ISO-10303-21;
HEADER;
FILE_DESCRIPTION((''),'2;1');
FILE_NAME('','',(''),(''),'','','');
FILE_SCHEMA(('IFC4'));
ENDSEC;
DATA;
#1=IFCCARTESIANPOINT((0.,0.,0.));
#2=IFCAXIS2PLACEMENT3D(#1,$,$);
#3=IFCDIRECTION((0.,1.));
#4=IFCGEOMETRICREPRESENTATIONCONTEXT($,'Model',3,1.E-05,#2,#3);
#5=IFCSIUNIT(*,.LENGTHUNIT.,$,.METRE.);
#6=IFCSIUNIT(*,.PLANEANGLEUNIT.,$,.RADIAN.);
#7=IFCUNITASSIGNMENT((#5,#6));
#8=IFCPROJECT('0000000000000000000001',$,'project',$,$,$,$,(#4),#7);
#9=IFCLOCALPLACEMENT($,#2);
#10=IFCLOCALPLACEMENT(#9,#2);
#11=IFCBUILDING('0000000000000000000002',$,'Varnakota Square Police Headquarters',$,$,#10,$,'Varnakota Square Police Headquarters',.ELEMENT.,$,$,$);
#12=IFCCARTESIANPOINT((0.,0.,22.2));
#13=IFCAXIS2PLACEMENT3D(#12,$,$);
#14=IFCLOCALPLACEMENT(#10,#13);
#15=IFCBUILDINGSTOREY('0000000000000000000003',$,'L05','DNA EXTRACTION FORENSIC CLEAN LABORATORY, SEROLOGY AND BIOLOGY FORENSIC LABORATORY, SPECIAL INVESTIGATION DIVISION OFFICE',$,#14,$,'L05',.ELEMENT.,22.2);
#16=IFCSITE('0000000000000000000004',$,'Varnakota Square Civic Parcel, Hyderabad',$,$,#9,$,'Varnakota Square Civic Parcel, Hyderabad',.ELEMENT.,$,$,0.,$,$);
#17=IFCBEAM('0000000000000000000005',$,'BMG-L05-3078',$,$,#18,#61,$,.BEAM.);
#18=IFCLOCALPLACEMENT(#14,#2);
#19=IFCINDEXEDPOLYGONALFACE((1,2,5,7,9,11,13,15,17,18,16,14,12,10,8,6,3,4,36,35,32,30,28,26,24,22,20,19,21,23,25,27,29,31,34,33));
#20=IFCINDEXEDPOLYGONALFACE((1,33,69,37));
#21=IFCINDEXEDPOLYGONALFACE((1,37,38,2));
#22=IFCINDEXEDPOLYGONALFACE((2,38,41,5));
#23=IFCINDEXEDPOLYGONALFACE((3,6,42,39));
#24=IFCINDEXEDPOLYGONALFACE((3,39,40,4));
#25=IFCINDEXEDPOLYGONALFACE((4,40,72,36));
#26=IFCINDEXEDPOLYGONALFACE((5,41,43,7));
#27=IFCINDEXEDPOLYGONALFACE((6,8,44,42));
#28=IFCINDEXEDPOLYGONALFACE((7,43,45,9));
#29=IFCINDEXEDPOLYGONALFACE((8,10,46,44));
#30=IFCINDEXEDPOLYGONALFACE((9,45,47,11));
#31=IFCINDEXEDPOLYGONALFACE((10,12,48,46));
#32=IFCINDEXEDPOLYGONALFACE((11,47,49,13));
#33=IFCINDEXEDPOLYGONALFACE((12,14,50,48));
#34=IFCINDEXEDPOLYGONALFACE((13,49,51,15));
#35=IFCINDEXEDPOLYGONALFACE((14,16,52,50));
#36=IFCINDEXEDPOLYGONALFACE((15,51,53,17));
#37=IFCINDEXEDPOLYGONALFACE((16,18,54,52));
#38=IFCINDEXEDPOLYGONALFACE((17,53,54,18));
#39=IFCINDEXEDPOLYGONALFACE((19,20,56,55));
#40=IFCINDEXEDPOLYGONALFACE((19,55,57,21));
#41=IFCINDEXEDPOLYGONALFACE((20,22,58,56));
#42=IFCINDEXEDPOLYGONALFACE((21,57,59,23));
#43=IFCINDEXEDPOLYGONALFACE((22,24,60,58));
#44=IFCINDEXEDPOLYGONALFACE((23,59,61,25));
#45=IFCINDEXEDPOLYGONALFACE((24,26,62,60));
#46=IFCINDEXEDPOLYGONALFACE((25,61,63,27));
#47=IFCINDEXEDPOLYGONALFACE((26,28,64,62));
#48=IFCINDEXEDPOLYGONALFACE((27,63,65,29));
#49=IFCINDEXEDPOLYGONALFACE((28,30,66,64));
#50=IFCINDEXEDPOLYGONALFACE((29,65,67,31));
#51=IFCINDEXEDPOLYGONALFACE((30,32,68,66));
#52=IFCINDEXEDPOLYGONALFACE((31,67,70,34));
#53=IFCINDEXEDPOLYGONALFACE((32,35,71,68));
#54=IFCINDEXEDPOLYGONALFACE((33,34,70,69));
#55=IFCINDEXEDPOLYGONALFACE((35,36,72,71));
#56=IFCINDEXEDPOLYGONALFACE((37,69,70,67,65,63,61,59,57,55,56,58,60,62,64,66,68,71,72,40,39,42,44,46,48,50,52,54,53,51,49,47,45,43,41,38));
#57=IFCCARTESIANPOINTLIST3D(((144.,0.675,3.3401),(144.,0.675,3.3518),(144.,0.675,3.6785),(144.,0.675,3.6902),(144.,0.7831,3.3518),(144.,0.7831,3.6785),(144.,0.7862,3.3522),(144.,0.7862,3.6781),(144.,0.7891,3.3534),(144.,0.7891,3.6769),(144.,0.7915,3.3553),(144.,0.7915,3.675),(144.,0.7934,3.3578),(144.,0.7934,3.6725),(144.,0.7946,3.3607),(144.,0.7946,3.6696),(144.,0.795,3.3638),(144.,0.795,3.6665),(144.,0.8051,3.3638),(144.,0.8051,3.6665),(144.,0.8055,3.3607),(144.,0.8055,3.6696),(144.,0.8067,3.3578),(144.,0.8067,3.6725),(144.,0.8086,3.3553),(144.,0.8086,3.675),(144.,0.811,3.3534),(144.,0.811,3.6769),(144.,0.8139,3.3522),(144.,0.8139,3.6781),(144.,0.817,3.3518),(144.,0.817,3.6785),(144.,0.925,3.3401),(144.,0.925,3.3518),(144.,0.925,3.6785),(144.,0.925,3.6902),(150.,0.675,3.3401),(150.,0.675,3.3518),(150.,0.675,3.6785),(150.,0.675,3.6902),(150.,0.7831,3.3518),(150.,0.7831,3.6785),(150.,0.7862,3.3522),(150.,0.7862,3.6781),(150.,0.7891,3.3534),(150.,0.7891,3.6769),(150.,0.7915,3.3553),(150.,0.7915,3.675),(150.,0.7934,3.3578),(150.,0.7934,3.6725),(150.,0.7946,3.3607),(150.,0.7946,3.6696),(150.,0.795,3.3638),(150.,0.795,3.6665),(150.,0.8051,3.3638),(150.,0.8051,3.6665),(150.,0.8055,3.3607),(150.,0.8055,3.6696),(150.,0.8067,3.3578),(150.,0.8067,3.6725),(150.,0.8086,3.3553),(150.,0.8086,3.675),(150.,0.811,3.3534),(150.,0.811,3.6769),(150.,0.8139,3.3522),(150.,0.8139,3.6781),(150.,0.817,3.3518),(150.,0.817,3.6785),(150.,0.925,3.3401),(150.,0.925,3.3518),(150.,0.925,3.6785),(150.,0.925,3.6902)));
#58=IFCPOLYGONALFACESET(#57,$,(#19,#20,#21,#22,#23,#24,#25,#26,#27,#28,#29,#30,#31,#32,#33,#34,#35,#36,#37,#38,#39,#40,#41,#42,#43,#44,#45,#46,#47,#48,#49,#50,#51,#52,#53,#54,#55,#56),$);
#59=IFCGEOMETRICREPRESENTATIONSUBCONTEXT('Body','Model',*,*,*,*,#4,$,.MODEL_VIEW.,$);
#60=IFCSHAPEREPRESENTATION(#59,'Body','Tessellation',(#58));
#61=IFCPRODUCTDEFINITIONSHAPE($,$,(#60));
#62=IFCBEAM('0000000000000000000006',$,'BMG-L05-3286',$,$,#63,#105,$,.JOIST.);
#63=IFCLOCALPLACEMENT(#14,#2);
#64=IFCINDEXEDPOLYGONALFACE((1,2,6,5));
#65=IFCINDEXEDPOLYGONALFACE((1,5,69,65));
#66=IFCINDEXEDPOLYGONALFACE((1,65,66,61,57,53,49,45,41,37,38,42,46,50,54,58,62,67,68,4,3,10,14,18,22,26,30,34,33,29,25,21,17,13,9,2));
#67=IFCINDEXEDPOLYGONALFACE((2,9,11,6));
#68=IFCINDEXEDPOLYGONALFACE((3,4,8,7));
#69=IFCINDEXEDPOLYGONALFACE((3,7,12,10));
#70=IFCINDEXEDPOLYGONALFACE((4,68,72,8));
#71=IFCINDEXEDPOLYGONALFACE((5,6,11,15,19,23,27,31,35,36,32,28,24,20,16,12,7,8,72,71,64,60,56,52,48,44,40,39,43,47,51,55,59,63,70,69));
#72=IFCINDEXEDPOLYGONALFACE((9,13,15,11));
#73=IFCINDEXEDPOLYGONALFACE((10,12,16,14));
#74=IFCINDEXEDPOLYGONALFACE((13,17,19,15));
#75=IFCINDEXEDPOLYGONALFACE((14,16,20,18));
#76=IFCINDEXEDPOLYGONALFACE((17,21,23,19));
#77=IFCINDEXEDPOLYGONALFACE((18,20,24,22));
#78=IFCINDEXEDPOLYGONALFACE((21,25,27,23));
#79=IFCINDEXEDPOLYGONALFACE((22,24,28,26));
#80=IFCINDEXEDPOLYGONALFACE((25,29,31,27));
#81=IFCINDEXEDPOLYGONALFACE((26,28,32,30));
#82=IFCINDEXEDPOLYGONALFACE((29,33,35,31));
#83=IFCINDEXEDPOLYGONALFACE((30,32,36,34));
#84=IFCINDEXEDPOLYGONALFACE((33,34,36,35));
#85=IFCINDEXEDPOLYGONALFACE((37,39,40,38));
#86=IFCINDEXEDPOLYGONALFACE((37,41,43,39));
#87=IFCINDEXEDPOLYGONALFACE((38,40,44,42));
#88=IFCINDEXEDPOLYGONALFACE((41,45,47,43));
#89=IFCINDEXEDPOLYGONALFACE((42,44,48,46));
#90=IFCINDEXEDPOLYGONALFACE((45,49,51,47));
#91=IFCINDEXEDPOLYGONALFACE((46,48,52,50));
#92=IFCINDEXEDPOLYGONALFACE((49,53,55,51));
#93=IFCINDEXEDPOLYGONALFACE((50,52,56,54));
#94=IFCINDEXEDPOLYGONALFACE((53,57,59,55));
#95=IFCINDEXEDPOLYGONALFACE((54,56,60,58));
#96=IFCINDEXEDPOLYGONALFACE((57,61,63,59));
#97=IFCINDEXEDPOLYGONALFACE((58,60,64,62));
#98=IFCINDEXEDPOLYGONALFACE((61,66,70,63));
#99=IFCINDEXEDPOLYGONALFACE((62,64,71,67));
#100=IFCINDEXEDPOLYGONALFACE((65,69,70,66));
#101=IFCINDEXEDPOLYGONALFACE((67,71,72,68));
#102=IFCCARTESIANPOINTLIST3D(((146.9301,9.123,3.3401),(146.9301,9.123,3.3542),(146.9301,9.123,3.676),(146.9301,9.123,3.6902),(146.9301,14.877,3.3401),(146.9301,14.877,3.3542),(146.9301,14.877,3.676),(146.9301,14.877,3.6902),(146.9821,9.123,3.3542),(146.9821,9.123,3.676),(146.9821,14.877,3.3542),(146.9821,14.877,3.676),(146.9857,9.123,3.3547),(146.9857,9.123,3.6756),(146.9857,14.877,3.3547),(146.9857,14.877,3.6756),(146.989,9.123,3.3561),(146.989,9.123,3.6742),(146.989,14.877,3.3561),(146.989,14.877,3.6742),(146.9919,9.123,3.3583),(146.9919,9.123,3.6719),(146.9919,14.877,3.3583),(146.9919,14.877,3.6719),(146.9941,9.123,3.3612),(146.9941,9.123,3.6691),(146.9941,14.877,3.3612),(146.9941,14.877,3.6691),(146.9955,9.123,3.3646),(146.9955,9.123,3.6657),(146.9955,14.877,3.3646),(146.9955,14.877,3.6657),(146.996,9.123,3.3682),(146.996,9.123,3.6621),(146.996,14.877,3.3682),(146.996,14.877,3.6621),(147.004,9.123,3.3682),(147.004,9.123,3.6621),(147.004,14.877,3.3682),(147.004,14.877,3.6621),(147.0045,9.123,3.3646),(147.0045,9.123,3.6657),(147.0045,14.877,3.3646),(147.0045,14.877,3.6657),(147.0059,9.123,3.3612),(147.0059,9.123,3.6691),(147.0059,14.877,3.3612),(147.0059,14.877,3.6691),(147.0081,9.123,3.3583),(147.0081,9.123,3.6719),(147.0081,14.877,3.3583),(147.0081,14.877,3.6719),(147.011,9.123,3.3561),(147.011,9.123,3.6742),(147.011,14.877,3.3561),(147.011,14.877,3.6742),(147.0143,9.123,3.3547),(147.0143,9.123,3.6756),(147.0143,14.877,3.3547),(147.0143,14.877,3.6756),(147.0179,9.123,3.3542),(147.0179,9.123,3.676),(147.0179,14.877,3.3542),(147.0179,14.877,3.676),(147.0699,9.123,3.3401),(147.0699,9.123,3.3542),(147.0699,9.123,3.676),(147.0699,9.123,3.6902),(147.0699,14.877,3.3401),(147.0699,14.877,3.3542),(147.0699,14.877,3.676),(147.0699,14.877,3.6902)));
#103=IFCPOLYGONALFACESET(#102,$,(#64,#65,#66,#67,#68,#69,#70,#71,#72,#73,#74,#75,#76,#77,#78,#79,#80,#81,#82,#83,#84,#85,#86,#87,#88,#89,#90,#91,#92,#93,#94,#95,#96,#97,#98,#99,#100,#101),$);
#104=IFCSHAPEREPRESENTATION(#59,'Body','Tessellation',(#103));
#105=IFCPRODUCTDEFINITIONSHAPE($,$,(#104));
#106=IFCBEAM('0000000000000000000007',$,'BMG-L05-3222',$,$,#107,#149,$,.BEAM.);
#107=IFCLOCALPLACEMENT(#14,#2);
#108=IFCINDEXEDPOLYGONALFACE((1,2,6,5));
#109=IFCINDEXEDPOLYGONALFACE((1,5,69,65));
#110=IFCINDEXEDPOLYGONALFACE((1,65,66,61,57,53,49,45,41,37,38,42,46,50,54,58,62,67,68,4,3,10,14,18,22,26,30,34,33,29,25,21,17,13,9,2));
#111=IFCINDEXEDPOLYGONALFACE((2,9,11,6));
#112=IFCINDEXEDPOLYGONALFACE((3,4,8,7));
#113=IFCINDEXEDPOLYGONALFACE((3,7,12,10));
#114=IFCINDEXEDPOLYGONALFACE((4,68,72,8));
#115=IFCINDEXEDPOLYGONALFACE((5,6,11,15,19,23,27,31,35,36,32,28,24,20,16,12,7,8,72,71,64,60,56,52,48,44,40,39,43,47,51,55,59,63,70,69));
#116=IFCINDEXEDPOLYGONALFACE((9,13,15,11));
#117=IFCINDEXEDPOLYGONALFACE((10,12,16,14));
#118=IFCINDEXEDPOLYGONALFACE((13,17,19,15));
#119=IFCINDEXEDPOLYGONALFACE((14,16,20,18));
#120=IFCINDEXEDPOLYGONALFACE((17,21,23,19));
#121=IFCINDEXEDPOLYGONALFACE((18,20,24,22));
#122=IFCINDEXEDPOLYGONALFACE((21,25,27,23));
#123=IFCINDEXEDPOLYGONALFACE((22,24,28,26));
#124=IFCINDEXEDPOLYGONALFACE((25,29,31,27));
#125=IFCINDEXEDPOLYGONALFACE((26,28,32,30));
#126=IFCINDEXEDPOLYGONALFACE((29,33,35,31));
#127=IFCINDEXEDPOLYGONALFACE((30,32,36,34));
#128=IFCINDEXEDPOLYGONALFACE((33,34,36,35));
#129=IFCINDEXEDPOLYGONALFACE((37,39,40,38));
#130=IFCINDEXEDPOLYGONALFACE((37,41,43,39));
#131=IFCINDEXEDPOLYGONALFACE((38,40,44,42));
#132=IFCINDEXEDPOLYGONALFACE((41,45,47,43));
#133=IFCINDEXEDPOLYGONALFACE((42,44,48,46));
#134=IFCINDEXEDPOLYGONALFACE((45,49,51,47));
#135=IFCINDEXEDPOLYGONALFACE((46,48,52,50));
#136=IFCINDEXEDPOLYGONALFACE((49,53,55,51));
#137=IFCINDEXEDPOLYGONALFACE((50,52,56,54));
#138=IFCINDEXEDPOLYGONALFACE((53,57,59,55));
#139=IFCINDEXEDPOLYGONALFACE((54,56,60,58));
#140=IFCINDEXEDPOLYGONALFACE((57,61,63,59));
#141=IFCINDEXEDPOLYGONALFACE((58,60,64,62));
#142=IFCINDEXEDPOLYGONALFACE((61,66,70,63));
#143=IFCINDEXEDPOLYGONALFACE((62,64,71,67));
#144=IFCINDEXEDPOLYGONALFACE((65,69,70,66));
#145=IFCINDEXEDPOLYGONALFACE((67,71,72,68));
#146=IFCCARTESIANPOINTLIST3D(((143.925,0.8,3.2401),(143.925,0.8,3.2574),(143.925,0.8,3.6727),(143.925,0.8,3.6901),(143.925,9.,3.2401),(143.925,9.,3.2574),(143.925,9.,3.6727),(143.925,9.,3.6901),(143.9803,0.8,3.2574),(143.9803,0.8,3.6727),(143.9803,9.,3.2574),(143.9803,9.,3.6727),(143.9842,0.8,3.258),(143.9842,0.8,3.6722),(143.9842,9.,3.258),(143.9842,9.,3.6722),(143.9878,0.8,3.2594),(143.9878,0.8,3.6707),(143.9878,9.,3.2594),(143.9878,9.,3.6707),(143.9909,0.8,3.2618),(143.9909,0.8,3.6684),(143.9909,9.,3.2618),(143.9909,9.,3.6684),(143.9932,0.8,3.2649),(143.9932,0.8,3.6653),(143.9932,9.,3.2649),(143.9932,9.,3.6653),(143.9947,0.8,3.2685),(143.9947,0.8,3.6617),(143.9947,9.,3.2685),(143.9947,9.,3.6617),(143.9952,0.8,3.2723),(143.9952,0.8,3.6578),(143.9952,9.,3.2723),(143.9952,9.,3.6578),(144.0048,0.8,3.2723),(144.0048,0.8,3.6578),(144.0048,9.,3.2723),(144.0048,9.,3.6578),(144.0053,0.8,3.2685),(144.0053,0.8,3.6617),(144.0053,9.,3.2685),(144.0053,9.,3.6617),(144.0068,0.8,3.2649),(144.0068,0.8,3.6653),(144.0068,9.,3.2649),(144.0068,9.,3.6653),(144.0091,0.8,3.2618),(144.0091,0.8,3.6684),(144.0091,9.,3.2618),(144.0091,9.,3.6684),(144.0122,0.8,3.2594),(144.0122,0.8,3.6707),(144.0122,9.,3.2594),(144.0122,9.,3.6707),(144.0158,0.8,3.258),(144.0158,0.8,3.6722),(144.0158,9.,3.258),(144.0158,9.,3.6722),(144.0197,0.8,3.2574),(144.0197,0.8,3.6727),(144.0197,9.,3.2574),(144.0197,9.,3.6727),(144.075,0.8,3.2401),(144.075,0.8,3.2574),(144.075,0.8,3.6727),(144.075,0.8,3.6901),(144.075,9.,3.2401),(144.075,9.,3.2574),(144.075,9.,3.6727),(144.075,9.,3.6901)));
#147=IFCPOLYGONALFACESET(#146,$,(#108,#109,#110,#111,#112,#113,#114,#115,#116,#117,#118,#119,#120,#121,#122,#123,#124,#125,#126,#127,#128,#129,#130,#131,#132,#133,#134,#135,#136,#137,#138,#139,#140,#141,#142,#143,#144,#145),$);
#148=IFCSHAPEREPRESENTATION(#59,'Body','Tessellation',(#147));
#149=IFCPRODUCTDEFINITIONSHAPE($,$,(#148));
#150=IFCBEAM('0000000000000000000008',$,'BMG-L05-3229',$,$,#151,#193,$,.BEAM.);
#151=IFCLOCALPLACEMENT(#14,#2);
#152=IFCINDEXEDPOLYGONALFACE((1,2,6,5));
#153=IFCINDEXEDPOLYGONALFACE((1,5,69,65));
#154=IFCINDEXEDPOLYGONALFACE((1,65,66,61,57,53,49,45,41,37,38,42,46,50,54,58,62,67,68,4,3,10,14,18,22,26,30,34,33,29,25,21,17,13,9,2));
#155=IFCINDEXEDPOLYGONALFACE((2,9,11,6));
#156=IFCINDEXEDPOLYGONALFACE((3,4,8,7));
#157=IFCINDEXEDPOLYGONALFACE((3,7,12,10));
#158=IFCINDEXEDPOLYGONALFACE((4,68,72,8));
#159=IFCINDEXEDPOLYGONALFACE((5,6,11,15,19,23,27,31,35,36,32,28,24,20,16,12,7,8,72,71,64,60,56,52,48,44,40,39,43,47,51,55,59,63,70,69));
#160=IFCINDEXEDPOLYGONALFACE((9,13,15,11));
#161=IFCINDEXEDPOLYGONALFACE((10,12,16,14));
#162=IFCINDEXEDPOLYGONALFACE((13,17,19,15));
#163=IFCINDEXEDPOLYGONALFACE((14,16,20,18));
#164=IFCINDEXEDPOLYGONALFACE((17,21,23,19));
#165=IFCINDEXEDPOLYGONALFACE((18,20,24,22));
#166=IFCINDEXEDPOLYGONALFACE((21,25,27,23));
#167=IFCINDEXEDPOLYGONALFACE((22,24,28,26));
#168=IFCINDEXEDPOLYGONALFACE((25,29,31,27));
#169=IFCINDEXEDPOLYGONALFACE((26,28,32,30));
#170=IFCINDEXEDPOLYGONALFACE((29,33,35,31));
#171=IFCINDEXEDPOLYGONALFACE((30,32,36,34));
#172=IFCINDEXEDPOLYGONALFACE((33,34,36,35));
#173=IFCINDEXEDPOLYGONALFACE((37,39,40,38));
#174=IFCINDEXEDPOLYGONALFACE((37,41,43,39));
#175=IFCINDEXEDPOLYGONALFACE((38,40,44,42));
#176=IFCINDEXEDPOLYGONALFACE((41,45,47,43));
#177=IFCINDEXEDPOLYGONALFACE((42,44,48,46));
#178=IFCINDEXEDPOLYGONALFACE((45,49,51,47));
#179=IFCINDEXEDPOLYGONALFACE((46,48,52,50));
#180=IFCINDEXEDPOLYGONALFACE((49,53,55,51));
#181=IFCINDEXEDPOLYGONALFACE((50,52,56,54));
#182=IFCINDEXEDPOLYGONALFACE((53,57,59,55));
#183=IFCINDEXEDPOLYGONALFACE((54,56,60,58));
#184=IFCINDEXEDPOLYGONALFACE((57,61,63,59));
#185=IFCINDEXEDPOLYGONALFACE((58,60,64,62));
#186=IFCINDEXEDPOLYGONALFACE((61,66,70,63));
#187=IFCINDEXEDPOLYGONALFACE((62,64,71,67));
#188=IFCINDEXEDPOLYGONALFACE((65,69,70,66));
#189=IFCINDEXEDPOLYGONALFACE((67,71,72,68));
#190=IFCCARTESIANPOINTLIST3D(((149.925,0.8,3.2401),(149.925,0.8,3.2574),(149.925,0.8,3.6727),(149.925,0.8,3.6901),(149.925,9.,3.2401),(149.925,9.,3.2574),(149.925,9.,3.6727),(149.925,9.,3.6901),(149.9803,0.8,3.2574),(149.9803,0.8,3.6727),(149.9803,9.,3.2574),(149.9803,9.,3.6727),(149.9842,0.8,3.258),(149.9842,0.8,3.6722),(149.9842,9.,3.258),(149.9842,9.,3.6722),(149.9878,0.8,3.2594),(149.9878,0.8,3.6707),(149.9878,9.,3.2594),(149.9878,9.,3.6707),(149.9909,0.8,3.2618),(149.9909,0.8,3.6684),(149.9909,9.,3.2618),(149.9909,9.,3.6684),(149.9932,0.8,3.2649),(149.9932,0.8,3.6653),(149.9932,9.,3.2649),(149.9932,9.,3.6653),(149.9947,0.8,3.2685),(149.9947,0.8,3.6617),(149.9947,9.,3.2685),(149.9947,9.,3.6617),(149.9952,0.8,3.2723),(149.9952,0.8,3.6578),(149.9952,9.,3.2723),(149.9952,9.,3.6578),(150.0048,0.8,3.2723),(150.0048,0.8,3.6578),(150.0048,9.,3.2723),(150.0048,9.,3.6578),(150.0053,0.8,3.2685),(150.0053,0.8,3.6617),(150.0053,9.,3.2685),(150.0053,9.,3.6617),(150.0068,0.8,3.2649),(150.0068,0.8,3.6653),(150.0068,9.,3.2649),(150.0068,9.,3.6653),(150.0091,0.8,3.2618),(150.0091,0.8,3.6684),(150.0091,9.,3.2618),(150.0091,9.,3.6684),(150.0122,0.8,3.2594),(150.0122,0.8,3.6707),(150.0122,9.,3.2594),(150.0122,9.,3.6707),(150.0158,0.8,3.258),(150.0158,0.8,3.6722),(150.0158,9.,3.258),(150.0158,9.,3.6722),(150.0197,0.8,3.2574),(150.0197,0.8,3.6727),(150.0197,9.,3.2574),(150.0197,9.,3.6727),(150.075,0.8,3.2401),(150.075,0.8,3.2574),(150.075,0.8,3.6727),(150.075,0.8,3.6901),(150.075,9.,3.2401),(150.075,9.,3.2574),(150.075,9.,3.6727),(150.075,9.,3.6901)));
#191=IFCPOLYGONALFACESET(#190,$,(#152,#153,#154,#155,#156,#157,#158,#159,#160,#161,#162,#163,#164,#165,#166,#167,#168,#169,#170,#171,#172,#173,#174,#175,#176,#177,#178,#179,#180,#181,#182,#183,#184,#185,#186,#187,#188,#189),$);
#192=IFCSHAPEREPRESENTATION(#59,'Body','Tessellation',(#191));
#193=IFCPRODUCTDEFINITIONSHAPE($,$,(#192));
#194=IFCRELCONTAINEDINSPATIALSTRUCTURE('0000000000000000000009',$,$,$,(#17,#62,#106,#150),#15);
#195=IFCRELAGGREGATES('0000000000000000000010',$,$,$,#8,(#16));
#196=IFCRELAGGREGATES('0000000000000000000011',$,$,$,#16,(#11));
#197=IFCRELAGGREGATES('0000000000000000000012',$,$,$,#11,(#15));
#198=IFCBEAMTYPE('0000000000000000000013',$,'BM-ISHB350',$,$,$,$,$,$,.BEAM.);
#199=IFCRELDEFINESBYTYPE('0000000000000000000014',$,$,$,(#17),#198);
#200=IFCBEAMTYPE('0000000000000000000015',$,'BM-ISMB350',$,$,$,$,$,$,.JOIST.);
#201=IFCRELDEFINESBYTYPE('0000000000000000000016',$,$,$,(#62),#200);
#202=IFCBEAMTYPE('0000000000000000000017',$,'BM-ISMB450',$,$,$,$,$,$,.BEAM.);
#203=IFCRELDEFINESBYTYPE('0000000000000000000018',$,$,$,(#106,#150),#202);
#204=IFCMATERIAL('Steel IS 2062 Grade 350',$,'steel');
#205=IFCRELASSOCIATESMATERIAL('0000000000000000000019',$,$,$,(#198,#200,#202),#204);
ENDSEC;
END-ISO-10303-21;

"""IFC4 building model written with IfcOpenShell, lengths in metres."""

from ifc_helpers import new_model, si_unit, direction, frame, origin, origin_2d, place, context, subcontext, project, spatial, i_section, extrude, material, material_profile, profile_set, type_object, element, save


model = new_model("IFC4")

# Units and contexts
model_context = context("Model", 3, precision=1e-05, world=origin(), true_north=direction((0.0, 1.0)))
body_context = subcontext(model_context, "Body", "Model", "MODEL_VIEW")
ifc_project = project(units=[si_unit("LENGTHUNIT", "METRE"), si_unit("PLANEANGLEUNIT", "RADIAN")], contexts=[model_context])

# Site, building, storey
site_placement = place(None, origin())
site = spatial("IfcSite", under=ifc_project, at=site_placement, Name="Varnakota Square Civic Parcel, Hyderabad", LongName="Varnakota Square Civic Parcel, Hyderabad", CompositionType="ELEMENT", RefElevation=0.0)
building_placement = place(site_placement, origin())
building = spatial("IfcBuilding", under=site, at=building_placement, Name="Varnakota Square Police Headquarters", LongName="Varnakota Square Police Headquarters", CompositionType="ELEMENT")
storey_placement = place(building_placement, frame((0.0, 0.0, 22.2)))
storey = spatial("IfcBuildingStorey", under=building, at=storey_placement, Name="L05", Description="DNA EXTRACTION FORENSIC CLEAN LABORATORY, SEROLOGY AND BIOLOGY FORENSIC LABORATORY, SPECIAL INVESTIGATION DIVISION OFFICE", LongName="L05", CompositionType="ELEMENT", Elevation=22.2)

# Shared definitions
ifc_material_1 = material(Name="Steel IS 2062 Grade 350", Category="steel")

# Beams
ifc_material_profile_1 = material_profile(ifc_material_1, i_section(OverallWidth=0.25, OverallDepth=0.3501, WebThickness=0.01, FlangeThickness=0.0117, FilletRadius=0.012, at=origin_2d()), Name="ISHB 350")
ifc_profile_set_1 = profile_set([ifc_material_profile_1], Name="Steel IS 2062 Grade 350")
beam_type_1 = type_object("IfcBeamType", Name="BM-ISHB350", PredefinedType="BEAM", material=ifc_profile_set_1)
beam_1_placement = place(storey_placement, frame((144.0, 0.8, 3.5151), z_axis=(1.0, 0.0, 0.0), x_axis=(0.0, 1.0, 0.0)))
element("IfcBeam", 1, at=beam_1_placement, inside=storey, type_object=beam_type_1, Name="BMG-L05-3078", PredefinedType="BEAM", context=body_context, shape_type="SweptSolid", body=[
    extrude(i_section(OverallWidth=0.25, OverallDepth=0.3501, WebThickness=0.01, FlangeThickness=0.0117, FilletRadius=0.012, at=origin_2d()), origin(), (0.0, 0.0, 1.0), 6.0),
])
ifc_material_profile_2 = material_profile(ifc_material_1, i_section(OverallWidth=0.1399, OverallDepth=0.3501, WebThickness=0.0081, FlangeThickness=0.0142, FilletRadius=0.0139, at=origin_2d()), Name="ISMB 350")
ifc_profile_set_2 = profile_set([ifc_material_profile_2], Name="Steel IS 2062 Grade 350")
beam_type_2 = type_object("IfcBeamType", Name="BM-ISMB350", PredefinedType="JOIST", material=ifc_profile_set_2)
beam_2_placement = place(storey_placement, frame((147.0, 9.123, 3.5151), z_axis=(0.0, 1.0, 0.0), x_axis=(-1.0, 0.0, 0.0)))
element("IfcBeam", 2, at=beam_2_placement, inside=storey, type_object=beam_type_2, Name="BMG-L05-3286", PredefinedType="JOIST", context=body_context, shape_type="SweptSolid", body=[
    extrude(i_section(OverallWidth=0.1399, OverallDepth=0.3501, WebThickness=0.0081, FlangeThickness=0.0142, FilletRadius=0.0139, at=origin_2d()), origin(), (0.0, 0.0, 1.0), 5.7539),
])
ifc_material_profile_3 = material_profile(ifc_material_1, i_section(OverallWidth=0.1499, OverallDepth=0.45, WebThickness=0.0095, FlangeThickness=0.0173, FilletRadius=0.0149, at=origin_2d()), Name="ISMB 450")
ifc_profile_set_3 = profile_set([ifc_material_profile_3], Name="Steel IS 2062 Grade 350")
beam_type_3 = type_object("IfcBeamType", Name="BM-ISMB450", PredefinedType="BEAM", material=ifc_profile_set_3)
for number, where, z_axis, x_axis, name in (
    (3, (144.0, 0.8, 3.4651), (0.0, 1.0, 0.0), (-1.0, 0.0, 0.0), "BMG-L05-3222"),
    (4, (150.0, 0.8, 3.4651), (0.0, 1.0, 0.0), (-1.0, 0.0, 0.0), "BMG-L05-3229"),
):
    element("IfcBeam", number, at=place(storey_placement, frame(where, z_axis=z_axis, x_axis=x_axis)), inside=storey, type_object=beam_type_3, Name=name, PredefinedType="BEAM", context=body_context, shape_type="SweptSolid", body=[
        extrude(i_section(OverallWidth=0.1499, OverallDepth=0.45, WebThickness=0.0095, FlangeThickness=0.0173, FilletRadius=0.0149, at=origin_2d()), origin(), (0.0, 0.0, 1.0), 8.2),
    ])

save(model, "model.ifc")
